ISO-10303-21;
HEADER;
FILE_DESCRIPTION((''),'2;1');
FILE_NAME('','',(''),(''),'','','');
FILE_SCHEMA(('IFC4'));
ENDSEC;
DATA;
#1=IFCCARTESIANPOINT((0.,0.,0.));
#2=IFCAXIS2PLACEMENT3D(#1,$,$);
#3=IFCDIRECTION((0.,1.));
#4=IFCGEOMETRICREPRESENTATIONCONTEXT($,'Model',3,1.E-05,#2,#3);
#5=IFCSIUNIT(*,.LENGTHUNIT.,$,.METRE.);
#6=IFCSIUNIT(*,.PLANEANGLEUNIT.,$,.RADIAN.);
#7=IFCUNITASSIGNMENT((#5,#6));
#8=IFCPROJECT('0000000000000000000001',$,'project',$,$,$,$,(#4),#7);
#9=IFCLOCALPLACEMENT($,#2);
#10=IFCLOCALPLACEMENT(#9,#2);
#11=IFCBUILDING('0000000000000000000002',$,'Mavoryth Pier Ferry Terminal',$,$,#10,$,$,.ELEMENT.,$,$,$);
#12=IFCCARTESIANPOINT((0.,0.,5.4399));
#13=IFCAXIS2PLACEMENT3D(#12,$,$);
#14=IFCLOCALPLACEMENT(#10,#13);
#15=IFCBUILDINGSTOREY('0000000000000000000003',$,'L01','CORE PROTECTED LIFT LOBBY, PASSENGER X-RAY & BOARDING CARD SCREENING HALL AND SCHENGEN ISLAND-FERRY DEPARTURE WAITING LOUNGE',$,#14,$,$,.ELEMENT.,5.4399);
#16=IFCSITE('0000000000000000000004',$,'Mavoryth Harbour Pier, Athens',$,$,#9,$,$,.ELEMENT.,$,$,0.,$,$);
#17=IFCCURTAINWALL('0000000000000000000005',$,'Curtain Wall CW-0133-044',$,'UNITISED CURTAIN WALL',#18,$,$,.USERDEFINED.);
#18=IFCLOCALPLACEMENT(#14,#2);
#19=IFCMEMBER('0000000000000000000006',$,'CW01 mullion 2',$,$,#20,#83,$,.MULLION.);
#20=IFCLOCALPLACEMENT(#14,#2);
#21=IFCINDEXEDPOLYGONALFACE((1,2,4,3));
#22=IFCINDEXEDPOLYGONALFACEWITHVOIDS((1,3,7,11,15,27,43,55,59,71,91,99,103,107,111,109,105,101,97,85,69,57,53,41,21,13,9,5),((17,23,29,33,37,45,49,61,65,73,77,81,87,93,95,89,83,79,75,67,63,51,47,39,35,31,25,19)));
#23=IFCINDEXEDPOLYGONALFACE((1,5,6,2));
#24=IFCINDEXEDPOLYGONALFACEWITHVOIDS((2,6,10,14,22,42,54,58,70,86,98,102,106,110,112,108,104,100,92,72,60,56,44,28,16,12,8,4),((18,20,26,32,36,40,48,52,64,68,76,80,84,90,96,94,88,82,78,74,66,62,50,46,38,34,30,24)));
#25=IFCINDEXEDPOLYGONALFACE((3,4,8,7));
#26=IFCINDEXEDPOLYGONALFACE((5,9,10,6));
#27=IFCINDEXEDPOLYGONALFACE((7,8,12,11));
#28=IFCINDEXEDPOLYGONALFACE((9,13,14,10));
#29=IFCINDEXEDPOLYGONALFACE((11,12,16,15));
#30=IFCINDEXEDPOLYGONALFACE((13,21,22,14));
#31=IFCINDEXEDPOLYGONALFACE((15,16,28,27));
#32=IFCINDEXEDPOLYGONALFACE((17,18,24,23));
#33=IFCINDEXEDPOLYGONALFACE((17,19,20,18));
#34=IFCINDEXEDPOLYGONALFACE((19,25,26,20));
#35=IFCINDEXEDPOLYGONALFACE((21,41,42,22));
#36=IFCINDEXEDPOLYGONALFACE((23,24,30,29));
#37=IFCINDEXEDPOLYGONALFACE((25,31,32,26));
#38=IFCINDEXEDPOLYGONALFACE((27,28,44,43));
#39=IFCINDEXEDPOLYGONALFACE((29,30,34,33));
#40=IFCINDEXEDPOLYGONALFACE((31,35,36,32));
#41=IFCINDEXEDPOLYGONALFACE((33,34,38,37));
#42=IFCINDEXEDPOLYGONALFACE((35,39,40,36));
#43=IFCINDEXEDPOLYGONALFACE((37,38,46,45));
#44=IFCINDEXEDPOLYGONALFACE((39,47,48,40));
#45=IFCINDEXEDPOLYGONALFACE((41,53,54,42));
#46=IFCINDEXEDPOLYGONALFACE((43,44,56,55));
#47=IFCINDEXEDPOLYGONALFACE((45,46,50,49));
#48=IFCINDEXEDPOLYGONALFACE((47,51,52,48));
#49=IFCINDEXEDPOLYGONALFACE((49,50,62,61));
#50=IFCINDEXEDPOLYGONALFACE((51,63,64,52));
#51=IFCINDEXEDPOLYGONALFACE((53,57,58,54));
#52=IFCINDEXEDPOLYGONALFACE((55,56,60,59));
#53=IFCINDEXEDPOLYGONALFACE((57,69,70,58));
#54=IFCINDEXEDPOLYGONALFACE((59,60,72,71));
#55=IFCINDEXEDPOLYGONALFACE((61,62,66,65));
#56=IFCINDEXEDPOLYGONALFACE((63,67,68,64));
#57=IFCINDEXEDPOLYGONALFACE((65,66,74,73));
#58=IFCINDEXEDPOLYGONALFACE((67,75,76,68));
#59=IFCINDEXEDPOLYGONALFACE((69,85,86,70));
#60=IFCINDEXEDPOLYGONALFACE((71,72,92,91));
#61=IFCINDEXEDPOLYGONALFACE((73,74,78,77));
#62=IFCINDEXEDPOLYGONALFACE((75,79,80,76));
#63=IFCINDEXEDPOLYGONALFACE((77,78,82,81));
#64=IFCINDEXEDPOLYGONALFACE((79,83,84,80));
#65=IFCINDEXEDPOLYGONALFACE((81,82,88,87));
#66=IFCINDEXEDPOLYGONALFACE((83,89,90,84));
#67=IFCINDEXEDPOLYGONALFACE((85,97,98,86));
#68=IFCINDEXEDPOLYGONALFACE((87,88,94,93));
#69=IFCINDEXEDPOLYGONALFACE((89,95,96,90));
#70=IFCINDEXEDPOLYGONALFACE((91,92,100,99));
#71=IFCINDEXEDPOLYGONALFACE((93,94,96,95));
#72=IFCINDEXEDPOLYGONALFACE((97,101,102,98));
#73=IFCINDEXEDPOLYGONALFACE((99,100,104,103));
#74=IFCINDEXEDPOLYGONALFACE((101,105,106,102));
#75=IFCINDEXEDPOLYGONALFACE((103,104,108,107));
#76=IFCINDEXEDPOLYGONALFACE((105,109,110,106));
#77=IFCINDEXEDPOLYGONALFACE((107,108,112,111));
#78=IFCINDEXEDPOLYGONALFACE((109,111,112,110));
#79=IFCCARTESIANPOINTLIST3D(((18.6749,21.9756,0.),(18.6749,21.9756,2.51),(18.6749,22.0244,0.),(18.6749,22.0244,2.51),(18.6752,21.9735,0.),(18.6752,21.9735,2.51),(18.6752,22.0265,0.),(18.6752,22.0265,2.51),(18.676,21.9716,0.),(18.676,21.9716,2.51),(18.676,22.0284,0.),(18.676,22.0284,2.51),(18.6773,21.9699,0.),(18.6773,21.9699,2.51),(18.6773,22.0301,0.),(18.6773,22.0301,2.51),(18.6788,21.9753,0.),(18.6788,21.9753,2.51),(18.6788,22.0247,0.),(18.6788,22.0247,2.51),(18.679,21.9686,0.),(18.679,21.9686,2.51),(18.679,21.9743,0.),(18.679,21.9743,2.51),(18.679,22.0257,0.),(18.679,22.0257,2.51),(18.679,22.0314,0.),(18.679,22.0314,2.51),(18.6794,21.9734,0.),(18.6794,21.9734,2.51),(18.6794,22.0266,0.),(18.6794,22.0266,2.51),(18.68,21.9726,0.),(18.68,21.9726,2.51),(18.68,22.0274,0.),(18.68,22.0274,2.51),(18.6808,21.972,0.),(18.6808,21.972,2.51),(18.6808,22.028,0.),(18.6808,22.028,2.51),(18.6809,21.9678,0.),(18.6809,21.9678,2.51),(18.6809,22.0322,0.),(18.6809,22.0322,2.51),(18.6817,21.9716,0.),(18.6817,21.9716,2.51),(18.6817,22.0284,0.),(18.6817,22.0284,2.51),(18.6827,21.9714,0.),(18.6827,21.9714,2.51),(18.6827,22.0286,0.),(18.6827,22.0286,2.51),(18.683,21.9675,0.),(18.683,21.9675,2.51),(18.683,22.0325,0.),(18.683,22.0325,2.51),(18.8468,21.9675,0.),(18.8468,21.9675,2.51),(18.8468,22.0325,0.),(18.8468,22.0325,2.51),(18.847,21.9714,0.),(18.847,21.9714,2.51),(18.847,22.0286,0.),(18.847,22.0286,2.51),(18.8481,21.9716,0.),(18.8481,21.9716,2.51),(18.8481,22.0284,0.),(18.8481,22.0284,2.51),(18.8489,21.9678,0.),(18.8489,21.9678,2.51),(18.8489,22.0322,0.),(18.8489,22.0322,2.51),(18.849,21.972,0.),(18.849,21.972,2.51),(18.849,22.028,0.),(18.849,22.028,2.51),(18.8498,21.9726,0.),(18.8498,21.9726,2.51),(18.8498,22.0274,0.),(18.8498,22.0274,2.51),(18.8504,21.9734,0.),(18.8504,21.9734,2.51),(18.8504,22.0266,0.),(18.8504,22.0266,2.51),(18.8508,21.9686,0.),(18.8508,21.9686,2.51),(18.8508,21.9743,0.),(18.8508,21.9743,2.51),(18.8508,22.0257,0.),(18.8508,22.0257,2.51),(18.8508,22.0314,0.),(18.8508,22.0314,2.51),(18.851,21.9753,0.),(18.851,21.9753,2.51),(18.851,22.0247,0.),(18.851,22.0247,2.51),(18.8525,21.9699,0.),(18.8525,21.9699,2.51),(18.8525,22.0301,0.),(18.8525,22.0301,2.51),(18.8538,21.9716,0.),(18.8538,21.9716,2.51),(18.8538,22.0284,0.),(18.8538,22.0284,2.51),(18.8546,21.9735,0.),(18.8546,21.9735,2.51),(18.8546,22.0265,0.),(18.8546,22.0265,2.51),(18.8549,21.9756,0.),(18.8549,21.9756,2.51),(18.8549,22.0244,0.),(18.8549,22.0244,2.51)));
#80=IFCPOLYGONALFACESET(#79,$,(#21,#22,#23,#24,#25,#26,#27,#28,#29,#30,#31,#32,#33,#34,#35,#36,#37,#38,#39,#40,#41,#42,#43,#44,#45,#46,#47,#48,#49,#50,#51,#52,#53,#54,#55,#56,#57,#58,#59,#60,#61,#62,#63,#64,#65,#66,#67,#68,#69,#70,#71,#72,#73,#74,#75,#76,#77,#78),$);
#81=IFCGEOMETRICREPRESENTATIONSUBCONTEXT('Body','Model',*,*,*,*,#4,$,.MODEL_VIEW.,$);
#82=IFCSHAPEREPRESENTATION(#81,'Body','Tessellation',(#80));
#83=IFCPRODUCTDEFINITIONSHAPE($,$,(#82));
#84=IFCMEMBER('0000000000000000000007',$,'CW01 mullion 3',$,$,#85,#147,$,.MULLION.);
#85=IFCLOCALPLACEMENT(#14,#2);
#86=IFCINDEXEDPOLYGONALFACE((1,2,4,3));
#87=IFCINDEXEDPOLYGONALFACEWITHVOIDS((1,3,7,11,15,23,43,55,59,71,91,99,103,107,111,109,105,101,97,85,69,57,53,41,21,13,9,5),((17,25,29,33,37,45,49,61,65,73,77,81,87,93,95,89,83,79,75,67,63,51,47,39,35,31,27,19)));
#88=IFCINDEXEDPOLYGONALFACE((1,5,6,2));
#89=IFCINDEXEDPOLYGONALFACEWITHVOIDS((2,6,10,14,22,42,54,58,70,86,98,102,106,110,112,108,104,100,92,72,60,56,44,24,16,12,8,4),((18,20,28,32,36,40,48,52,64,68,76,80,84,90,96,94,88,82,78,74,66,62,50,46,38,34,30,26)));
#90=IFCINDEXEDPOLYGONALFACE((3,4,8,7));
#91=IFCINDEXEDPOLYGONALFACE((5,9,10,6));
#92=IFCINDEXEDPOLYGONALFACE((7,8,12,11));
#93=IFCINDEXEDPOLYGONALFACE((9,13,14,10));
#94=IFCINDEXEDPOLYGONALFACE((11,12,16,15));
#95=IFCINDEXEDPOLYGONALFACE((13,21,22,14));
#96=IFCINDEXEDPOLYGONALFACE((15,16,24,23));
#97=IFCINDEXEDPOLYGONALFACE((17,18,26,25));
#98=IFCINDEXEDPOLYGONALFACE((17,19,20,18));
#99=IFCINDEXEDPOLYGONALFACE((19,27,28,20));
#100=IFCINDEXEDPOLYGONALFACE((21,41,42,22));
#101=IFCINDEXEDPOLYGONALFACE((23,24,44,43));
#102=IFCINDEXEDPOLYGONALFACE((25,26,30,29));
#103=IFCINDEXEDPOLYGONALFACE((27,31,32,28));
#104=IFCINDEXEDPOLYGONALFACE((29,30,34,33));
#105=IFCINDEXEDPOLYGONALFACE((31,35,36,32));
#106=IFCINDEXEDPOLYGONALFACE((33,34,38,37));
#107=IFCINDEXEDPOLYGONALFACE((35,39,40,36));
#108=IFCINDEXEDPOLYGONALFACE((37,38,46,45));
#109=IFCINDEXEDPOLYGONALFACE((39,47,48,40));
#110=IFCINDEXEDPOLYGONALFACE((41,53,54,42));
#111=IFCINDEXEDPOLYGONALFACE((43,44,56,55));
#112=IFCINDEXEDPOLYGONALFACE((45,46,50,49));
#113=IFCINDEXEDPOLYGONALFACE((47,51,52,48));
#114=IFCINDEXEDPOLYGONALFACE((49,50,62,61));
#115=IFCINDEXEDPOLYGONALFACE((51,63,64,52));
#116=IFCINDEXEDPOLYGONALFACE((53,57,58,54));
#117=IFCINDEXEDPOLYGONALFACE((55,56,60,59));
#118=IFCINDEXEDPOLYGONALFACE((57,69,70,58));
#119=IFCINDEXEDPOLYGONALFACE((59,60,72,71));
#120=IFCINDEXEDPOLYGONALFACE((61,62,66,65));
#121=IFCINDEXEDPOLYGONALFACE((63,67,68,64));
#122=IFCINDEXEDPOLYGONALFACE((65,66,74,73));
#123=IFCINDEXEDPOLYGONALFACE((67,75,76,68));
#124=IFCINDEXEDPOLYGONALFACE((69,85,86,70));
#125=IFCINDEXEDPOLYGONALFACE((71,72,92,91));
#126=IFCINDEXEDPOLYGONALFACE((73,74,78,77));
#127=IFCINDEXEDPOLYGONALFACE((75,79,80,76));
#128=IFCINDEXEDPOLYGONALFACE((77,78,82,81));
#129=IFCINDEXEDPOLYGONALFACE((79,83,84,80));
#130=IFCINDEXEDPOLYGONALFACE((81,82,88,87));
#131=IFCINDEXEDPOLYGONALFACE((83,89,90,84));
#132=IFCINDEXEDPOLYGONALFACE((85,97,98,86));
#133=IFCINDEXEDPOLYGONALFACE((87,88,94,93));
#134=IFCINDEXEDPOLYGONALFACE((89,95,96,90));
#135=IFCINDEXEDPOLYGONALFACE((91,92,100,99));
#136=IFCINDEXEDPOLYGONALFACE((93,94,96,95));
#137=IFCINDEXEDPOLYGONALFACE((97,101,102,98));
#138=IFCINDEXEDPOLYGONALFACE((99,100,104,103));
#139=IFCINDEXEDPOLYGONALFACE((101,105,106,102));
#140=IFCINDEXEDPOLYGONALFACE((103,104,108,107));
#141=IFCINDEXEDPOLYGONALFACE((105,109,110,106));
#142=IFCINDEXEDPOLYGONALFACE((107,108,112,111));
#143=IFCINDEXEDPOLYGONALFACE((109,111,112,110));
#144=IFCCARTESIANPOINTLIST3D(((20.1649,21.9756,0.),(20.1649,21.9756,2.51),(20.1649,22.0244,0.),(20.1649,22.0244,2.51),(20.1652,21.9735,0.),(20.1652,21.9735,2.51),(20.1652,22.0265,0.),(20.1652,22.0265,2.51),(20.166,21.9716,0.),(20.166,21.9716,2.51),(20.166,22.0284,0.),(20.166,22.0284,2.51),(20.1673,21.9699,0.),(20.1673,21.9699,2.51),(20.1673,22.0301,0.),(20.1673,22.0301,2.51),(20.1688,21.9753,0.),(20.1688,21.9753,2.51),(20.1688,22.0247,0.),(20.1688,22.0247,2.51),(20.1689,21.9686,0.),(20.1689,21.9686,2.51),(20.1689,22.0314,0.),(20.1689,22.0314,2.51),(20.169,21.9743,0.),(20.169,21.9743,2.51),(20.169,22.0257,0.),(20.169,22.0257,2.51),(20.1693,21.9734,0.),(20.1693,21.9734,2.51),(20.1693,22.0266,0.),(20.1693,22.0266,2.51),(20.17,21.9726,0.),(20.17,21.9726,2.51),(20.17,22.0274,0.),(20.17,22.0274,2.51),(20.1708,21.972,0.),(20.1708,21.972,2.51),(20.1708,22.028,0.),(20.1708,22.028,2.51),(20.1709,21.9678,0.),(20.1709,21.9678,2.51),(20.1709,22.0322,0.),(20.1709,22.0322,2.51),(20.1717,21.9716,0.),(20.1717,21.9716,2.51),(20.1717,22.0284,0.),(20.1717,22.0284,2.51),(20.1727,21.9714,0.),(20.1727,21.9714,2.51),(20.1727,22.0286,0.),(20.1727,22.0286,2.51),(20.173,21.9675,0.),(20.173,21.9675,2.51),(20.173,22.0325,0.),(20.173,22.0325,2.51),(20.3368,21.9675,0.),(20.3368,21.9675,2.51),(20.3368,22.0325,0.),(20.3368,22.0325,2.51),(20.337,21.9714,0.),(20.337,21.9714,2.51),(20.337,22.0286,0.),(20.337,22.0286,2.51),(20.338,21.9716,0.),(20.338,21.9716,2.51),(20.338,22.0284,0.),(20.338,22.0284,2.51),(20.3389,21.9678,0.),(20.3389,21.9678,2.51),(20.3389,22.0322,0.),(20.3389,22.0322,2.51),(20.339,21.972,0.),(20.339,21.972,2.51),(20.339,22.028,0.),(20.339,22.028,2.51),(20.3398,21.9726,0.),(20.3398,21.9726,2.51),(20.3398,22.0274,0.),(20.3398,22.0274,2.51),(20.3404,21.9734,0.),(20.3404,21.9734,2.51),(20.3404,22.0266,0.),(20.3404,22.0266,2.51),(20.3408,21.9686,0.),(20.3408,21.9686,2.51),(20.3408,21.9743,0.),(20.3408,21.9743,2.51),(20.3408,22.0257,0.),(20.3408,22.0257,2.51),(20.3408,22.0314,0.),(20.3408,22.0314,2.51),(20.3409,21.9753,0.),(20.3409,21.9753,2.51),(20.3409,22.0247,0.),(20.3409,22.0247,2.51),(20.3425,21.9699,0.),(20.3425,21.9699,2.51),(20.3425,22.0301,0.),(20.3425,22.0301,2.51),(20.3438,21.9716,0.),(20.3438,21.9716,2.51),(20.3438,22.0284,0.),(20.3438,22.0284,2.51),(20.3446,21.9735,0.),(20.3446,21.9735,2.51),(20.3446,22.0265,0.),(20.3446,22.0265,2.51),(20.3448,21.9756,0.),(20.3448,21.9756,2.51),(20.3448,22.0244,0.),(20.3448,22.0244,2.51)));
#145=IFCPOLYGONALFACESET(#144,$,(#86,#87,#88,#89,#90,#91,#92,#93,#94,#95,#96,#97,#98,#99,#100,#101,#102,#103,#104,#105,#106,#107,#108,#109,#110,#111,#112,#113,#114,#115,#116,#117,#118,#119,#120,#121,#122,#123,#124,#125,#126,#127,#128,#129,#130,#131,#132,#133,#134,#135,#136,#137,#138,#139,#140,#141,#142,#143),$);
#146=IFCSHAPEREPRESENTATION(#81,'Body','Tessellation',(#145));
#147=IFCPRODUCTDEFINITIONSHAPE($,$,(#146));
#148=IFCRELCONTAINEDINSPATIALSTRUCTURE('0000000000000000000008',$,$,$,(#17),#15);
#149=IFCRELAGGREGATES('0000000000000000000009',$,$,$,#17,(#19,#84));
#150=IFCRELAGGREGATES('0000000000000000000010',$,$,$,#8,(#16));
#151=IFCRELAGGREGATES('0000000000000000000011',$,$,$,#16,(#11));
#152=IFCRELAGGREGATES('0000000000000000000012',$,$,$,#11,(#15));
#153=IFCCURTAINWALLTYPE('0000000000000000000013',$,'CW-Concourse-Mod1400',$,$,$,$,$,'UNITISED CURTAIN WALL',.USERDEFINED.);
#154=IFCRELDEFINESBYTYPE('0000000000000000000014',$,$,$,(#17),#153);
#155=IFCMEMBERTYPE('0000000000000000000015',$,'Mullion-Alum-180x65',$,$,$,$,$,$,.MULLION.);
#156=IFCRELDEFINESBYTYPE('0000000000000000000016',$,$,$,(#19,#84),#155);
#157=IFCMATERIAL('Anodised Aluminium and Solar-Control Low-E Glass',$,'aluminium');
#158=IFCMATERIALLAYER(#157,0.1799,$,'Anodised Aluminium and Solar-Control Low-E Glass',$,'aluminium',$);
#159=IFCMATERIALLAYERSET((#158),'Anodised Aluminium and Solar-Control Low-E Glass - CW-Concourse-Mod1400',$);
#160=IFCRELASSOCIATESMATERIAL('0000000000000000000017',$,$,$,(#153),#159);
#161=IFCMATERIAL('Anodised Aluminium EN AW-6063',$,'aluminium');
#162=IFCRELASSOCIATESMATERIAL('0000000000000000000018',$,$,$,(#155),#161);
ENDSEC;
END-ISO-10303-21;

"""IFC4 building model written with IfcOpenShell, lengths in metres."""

from ifc_helpers import new_model, si_unit, direction, frame, origin, origin_2d, place, context, subcontext, project, spatial, hollow_rectangle, extrude, material, layer, layer_set, material_profile, profile_set, type_object, element, aggregate, save


model = new_model("IFC4")

# Units and contexts
model_context = context("Model", 3, precision=1e-05, world=origin(), true_north=direction((0.0, 1.0)))
body_context = subcontext(model_context, "Body", "Model", "MODEL_VIEW")
ifc_project = project(units=[si_unit("LENGTHUNIT", "METRE"), si_unit("PLANEANGLEUNIT", "RADIAN")], contexts=[model_context])

# Site, building, storey
site_placement = place(None, origin())
site = spatial("IfcSite", under=ifc_project, at=site_placement, Name="Mavoryth Harbour Pier, Athens", CompositionType="ELEMENT", RefElevation=0.0)
building_placement = place(site_placement, origin())
building = spatial("IfcBuilding", under=site, at=building_placement, Name="Mavoryth Pier Ferry Terminal", CompositionType="ELEMENT")
storey_placement = place(building_placement, frame((0.0, 0.0, 5.4399)))
storey = spatial("IfcBuildingStorey", under=building, at=storey_placement, Name="L01", Description="CORE PROTECTED LIFT LOBBY, PASSENGER X-RAY & BOARDING CARD SCREENING HALL AND SCHENGEN ISLAND-FERRY DEPARTURE WAITING LOUNGE", CompositionType="ELEMENT", Elevation=5.4399)

# Curtain wall, members
ifc_material_1 = material(Name="Anodised Aluminium and Solar-Control Low-E Glass", Category="aluminium")
ifc_layer_1 = layer(ifc_material_1, 0.1799, Name="Anodised Aluminium and Solar-Control Low-E Glass", Category="aluminium")
ifc_layer_set_1 = layer_set([ifc_layer_1], Name="Anodised Aluminium and Solar-Control Low-E Glass - CW-Concourse-Mod1400")
curtain_wall_type = type_object("IfcCurtainWallType", Name="CW-Concourse-Mod1400", ElementType="UNITISED CURTAIN WALL", PredefinedType="USERDEFINED", material=ifc_layer_set_1)
ifc_material_2 = material(Name="Anodised Aluminium EN AW-6063", Category="aluminium")
ifc_material_profile_1 = material_profile(ifc_material_2, hollow_rectangle(XDim=0.0649, YDim=0.1799, WallThickness=0.0039, InnerFilletRadius=0.0039, OuterFilletRadius=0.0081, at=origin_2d()), Name="AL-MULL 180x65x4", Category="aluminium")
ifc_profile_set_1 = profile_set([ifc_material_profile_1], Name="Anodised Aluminium EN AW-6063 - AL-MULL 180x65x4")
member_type_1 = type_object("IfcMemberType", Name="Mullion-Alum-180x65", PredefinedType="MULLION", material=ifc_profile_set_1)
curtain_wall_1_placement = place(storey_placement, origin())
curtain_wall_1 = element("IfcCurtainWall", 1, at=curtain_wall_1_placement, inside=storey, type_object=curtain_wall_type, Name="Curtain Wall CW-0133-044", ObjectType="UNITISED CURTAIN WALL", PredefinedType="USERDEFINED")
member_1_placement = place(storey_placement, frame((18.7649, 22.0, 0.0), z_axis=(0.0, 0.0, 1.0), x_axis=(0.0, 1.0, 0.0)))
member_1 = element("IfcMember", 2, at=member_1_placement, type_object=member_type_1, Name="CW01 mullion 2", PredefinedType="MULLION", context=body_context, shape_type="SweptSolid", body=[
    extrude(hollow_rectangle(XDim=0.0649, YDim=0.1799, WallThickness=0.0039, InnerFilletRadius=0.0039, OuterFilletRadius=0.0081, at=origin_2d()), origin(), (0.0, 0.0, 1.0), 2.51),
])
member_2_placement = place(storey_placement, frame((20.2549, 22.0, 0.0), z_axis=(0.0, 0.0, 1.0), x_axis=(0.0, 1.0, 0.0)))
member_2 = element("IfcMember", 3, at=member_2_placement, type_object=member_type_1, Name="CW01 mullion 3", PredefinedType="MULLION", context=body_context, shape_type="SweptSolid", body=[
    extrude(hollow_rectangle(XDim=0.0649, YDim=0.1799, WallThickness=0.0039, InnerFilletRadius=0.0039, OuterFilletRadius=0.0081, at=origin_2d()), origin(), (0.0, 0.0, 1.0), 2.51),
])

aggregate(curtain_wall_1, [member_1, member_2])

save(model, "model.ifc")
